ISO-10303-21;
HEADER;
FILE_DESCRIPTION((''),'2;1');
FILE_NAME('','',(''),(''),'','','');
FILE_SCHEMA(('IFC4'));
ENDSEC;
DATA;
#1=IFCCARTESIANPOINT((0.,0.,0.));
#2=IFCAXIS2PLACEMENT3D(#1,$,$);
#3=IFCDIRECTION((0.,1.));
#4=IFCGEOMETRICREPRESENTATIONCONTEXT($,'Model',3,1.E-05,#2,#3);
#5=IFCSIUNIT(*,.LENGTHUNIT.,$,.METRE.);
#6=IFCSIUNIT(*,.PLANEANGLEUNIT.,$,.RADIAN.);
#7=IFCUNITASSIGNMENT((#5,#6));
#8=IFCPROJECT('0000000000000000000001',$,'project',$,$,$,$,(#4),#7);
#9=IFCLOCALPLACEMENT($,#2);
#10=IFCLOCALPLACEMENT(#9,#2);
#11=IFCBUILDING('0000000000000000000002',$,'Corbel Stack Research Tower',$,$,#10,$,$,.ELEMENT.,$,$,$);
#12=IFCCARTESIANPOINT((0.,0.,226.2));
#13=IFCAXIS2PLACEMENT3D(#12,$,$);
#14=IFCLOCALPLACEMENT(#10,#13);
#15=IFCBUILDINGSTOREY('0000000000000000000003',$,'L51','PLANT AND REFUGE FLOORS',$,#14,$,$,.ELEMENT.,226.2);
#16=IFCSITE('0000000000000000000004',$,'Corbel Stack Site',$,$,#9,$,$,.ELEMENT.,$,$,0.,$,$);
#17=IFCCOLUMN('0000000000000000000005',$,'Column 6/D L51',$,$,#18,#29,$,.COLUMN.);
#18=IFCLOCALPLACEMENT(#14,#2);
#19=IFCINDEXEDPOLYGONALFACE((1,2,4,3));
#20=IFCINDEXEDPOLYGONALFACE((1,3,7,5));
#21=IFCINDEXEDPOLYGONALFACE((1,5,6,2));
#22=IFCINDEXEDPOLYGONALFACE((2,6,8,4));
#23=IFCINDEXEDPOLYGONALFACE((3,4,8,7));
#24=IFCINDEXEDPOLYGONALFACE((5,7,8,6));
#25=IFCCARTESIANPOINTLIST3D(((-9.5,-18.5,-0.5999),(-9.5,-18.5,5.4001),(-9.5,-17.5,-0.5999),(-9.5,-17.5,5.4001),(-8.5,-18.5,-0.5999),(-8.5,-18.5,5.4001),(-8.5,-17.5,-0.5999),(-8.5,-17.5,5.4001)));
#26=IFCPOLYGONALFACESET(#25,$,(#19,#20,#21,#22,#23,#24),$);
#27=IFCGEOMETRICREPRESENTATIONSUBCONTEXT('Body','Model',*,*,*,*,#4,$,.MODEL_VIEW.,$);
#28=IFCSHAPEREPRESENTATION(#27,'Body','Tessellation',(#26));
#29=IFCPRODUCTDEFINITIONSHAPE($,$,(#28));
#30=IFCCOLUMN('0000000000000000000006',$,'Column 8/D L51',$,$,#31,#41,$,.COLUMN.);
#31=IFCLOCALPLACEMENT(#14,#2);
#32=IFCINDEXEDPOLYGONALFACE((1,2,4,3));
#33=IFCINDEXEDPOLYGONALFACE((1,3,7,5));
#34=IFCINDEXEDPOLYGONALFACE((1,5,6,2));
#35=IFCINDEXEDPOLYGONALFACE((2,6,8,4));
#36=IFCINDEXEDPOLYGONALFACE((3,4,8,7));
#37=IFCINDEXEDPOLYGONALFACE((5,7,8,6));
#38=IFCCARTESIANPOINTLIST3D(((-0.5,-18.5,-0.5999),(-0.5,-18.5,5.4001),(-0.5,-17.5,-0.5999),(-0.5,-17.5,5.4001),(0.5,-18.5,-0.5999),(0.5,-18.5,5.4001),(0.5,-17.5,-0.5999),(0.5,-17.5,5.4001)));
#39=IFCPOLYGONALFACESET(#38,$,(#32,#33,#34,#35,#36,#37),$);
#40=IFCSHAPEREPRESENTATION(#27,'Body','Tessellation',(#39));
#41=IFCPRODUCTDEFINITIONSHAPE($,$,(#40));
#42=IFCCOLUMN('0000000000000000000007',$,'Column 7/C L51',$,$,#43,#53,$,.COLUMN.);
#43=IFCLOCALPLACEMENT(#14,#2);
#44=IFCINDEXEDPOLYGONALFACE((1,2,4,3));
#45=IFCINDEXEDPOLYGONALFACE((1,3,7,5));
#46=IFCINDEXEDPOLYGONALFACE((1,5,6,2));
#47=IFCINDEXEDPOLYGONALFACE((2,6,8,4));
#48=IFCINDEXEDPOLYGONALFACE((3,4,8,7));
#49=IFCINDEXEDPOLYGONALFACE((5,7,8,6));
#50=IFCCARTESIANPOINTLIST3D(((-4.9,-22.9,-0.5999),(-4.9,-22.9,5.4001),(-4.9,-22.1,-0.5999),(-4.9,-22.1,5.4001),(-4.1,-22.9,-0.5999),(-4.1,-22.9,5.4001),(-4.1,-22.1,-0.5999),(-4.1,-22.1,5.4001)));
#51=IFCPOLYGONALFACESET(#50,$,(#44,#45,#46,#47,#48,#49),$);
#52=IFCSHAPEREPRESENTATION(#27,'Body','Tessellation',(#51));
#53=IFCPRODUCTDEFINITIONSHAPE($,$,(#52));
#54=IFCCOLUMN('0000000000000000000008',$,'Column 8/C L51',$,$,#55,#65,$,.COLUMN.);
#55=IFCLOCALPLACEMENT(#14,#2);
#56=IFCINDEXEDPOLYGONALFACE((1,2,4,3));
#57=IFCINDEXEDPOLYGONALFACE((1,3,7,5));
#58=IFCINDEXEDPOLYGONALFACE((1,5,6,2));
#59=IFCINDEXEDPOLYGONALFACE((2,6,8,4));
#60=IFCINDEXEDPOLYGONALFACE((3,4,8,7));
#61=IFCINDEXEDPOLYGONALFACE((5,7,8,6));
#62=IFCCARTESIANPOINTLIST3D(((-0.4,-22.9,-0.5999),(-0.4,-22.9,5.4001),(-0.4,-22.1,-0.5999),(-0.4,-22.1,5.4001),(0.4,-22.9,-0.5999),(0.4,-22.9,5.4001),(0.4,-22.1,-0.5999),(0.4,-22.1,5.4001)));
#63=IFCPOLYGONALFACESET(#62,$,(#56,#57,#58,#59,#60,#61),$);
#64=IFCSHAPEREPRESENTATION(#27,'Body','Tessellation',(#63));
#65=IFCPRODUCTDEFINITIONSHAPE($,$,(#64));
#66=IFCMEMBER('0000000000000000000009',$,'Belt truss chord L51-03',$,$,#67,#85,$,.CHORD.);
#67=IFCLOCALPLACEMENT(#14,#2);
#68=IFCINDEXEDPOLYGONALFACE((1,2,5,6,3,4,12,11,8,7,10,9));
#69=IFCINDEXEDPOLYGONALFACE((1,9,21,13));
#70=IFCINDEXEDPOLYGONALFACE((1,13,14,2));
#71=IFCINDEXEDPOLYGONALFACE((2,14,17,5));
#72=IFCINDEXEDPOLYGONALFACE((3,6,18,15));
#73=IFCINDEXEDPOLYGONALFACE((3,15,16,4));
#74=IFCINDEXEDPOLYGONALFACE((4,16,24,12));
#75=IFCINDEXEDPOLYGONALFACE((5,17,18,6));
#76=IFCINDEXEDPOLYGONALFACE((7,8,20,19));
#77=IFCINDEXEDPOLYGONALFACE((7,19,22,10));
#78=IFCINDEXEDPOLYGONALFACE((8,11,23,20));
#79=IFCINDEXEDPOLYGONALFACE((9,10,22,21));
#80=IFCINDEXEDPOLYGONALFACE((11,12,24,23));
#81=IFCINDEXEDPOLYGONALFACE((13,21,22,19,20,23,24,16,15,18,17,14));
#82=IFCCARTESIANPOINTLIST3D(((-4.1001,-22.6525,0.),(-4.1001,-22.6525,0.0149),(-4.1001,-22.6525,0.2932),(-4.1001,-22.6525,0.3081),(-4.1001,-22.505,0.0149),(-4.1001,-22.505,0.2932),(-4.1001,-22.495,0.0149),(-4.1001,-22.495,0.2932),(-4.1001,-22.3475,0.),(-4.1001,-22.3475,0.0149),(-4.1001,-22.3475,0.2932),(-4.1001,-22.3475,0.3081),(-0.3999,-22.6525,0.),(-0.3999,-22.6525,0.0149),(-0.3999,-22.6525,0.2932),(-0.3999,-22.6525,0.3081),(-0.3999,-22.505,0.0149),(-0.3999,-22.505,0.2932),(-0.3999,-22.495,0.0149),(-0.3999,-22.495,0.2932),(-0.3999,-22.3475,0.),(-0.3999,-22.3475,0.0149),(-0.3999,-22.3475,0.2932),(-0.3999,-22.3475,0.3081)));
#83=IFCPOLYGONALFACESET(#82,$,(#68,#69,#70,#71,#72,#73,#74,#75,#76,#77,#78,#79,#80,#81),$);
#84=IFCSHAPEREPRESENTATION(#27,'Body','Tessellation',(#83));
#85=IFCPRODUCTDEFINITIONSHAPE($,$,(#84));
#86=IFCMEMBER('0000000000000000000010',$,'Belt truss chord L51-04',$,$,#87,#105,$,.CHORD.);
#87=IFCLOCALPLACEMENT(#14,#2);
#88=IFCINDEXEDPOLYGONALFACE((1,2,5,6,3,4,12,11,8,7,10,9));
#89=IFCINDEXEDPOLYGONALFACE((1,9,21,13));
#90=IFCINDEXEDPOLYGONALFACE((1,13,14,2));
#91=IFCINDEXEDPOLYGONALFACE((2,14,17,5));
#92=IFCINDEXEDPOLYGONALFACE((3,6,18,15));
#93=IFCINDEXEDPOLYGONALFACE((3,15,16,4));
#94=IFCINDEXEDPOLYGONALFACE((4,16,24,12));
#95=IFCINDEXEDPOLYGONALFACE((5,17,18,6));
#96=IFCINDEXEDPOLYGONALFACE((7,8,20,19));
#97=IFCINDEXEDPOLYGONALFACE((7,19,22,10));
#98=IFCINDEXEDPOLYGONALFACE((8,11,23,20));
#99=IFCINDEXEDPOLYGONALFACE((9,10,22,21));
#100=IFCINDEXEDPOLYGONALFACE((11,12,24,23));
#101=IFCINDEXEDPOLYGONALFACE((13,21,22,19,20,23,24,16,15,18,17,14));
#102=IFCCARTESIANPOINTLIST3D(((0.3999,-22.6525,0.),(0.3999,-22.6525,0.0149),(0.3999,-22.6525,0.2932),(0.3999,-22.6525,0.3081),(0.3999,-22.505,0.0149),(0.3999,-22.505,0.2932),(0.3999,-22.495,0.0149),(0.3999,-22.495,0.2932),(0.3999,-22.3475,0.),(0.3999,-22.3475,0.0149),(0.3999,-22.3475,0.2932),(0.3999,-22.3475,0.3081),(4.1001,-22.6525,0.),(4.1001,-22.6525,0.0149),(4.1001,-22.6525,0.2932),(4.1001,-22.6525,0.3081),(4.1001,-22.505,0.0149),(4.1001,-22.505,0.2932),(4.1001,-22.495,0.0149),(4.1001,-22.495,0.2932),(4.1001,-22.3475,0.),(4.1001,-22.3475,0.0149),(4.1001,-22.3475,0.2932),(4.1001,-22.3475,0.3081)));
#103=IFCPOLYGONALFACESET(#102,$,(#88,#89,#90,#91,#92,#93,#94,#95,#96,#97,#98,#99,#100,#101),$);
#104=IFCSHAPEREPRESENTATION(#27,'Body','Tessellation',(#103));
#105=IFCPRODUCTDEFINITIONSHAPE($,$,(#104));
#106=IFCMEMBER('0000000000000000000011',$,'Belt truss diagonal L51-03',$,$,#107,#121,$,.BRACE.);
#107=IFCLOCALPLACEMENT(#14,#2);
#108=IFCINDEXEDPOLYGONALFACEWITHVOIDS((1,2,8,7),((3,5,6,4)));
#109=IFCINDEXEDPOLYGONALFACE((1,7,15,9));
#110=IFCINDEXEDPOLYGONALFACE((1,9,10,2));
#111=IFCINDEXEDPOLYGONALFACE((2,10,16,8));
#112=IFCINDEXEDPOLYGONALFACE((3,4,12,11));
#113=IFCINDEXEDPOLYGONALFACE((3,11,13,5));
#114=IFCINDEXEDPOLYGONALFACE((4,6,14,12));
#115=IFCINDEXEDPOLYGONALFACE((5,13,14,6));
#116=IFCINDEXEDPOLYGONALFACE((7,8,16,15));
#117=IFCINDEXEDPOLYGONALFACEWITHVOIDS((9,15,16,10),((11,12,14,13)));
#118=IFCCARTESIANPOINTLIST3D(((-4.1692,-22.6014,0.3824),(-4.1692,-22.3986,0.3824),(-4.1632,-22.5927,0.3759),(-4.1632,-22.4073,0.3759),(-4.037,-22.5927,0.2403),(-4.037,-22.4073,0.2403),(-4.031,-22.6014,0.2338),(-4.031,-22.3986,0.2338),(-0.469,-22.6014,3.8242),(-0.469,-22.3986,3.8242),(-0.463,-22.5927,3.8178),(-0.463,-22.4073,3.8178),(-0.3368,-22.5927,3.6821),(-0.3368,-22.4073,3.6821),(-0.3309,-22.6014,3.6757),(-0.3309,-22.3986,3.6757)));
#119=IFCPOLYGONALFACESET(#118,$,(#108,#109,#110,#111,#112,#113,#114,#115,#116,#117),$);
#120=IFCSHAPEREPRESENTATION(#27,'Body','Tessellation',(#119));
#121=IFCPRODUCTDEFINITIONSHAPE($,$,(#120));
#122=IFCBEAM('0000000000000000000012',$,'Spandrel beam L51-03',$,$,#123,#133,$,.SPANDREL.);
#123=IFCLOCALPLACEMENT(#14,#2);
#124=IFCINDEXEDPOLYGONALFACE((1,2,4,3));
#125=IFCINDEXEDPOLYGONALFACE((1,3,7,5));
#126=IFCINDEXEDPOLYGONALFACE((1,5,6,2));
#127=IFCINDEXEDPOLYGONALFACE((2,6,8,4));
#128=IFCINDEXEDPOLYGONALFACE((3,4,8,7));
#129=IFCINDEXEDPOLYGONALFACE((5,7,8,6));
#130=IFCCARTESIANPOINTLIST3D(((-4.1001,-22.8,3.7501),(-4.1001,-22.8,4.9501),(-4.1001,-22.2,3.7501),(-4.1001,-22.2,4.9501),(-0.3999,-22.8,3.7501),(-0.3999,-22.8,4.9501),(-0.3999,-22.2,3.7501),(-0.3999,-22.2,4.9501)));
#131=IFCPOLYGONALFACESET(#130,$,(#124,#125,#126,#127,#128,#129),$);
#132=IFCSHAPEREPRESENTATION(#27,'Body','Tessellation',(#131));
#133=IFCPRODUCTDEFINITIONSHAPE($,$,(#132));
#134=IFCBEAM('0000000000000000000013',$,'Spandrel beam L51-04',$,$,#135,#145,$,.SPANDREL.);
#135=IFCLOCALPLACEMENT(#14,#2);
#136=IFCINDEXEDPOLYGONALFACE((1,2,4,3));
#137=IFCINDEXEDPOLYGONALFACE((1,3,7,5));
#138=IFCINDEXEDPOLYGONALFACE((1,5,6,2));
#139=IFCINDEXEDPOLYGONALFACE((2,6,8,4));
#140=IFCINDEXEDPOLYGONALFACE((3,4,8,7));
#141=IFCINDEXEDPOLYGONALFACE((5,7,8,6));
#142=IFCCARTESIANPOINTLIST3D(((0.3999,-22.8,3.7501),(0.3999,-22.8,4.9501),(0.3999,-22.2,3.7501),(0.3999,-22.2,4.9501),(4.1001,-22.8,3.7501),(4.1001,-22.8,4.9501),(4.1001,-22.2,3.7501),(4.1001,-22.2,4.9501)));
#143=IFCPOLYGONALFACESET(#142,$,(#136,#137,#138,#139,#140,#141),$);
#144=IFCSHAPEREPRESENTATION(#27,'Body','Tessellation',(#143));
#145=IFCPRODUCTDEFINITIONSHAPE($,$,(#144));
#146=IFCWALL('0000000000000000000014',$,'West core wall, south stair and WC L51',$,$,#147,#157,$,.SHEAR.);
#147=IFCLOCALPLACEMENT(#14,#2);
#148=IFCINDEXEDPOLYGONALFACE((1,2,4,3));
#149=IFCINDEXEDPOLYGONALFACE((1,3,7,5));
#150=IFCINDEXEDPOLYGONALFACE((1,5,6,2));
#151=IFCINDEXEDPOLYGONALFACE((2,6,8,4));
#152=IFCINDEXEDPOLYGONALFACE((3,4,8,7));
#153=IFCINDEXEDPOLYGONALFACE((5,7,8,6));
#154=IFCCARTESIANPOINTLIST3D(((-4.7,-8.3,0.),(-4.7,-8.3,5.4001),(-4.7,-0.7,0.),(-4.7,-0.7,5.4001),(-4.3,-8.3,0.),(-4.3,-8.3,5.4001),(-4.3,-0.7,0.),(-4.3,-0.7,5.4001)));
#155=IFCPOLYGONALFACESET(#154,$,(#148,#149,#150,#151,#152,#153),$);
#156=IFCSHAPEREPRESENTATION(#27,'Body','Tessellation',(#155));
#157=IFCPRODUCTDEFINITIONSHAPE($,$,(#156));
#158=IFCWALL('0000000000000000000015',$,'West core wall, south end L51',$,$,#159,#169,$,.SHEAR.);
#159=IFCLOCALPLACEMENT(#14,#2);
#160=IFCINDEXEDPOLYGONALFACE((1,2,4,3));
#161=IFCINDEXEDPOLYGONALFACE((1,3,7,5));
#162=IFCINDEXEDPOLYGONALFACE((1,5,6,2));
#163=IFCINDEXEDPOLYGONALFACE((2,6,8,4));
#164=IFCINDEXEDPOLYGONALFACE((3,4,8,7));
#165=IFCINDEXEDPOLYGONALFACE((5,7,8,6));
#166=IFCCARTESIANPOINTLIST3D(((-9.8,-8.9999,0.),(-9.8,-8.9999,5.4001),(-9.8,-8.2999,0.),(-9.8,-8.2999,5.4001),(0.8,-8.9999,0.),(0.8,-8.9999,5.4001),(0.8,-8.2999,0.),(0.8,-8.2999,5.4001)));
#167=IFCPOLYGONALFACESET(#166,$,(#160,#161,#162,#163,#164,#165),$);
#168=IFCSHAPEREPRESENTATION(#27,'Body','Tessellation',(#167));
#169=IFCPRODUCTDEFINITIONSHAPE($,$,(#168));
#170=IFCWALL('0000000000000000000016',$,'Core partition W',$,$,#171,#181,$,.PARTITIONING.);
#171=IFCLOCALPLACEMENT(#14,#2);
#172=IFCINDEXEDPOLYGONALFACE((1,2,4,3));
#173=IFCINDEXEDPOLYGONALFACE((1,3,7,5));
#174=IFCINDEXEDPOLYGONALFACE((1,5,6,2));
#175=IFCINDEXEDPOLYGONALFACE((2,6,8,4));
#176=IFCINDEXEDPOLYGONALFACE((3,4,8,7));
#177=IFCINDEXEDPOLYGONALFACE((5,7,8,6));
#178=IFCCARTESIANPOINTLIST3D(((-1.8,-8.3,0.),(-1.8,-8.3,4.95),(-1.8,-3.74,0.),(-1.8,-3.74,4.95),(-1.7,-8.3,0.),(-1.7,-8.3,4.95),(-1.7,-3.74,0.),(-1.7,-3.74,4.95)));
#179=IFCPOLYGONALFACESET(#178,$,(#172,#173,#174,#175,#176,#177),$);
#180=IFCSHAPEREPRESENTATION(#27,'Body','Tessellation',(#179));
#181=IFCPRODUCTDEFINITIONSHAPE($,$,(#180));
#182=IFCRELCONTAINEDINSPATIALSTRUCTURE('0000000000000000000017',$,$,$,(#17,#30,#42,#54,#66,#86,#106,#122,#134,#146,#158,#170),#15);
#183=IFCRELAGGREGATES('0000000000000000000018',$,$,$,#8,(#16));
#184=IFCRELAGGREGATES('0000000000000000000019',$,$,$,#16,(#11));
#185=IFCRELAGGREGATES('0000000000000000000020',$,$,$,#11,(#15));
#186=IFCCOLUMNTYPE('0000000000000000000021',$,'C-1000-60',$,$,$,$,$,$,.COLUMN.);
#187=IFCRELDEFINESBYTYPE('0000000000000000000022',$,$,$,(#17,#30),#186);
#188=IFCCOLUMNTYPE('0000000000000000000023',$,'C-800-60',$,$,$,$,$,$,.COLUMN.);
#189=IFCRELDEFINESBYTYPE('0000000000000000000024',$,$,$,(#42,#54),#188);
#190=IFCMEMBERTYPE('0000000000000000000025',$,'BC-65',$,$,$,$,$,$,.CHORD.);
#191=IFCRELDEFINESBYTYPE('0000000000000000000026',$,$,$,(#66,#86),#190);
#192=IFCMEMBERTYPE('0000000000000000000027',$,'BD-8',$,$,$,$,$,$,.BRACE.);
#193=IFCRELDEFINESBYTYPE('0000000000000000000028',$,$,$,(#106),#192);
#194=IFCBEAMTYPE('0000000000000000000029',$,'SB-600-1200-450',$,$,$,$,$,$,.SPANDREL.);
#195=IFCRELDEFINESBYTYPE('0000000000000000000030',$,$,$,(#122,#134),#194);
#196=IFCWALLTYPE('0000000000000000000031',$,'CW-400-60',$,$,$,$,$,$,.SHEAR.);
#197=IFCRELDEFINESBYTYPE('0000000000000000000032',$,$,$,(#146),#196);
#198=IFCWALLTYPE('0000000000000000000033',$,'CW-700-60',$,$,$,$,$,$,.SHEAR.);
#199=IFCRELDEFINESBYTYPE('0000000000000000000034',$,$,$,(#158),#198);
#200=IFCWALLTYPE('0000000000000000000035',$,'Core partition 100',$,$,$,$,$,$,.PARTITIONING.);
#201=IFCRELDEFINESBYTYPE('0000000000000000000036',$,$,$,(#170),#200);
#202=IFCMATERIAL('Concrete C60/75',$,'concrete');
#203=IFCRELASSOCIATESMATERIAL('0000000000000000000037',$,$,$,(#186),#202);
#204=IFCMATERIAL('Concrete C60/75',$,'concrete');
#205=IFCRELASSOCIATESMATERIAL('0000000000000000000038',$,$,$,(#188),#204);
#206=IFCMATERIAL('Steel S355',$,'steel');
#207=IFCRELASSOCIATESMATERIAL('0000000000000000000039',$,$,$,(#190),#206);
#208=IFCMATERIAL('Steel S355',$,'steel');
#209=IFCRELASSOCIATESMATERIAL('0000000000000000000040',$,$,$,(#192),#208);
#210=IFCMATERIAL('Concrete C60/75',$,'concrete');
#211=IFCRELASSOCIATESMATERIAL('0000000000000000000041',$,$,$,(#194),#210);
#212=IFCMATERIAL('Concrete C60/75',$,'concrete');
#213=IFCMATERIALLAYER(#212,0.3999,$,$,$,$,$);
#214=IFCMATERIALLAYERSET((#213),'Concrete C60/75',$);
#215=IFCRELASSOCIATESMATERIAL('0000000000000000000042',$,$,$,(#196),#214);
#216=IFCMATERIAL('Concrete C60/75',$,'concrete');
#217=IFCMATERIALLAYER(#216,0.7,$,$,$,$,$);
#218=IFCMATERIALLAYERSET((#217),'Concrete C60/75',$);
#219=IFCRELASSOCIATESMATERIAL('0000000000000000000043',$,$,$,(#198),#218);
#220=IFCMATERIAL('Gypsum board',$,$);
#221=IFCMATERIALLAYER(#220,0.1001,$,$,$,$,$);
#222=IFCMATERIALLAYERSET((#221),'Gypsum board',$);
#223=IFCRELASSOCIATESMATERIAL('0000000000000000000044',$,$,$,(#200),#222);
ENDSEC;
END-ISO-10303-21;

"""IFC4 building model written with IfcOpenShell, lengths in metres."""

from ifc_helpers import new_model, si_unit, direction, frame, frame_2d, origin, origin_2d, place, context, subcontext, project, spatial, rectangle, hollow_rectangle, i_section, extrude, material, layer, layer_set, material_profile, profile_set, type_object, element, save


model = new_model("IFC4")

# Units and contexts
model_context = context("Model", 3, precision=1e-05, world=origin(), true_north=direction((0.0, 1.0)))
body_context = subcontext(model_context, "Body", "Model", "MODEL_VIEW")
ifc_project = project(units=[si_unit("LENGTHUNIT", "METRE"), si_unit("PLANEANGLEUNIT", "RADIAN")], contexts=[model_context])

# Site, building, storey
site_placement = place(None, origin())
site = spatial("IfcSite", under=ifc_project, at=site_placement, Name="Corbel Stack Site", CompositionType="ELEMENT", RefElevation=0.0)
building_placement = place(site_placement, origin())
building = spatial("IfcBuilding", under=site, at=building_placement, Name="Corbel Stack Research Tower", CompositionType="ELEMENT")
storey_placement = place(building_placement, frame((0.0, 0.0, 226.2)))
storey = spatial("IfcBuildingStorey", under=building, at=storey_placement, Name="L51", Description="PLANT AND REFUGE FLOORS", CompositionType="ELEMENT", Elevation=226.2)

# Columns
ifc_material_1 = material(Name="Concrete C60/75", Category="concrete")
ifc_material_profile_1 = material_profile(ifc_material_1, rectangle(XDim=1.0, YDim=1.0, at=origin_2d()), Name="RC 1000 x 1000")
ifc_profile_set_1 = profile_set([ifc_material_profile_1], Name="Concrete C60/75")
column_type_1 = type_object("IfcColumnType", Name="C-1000-60", PredefinedType="COLUMN", material=ifc_profile_set_1)
for number, where, z_axis, x_axis, name in (
    (1, (-9.0, -18.0, -0.5999), (0.0, 0.0, 1.0), (1.0, 0.0, 0.0), "Column 6/D L51"),
    (2, (0.0, -18.0, -0.5999), (0.0, 0.0, 1.0), (1.0, 0.0, 0.0), "Column 8/D L51"),
):
    element("IfcColumn", number, at=place(storey_placement, frame(where, z_axis=z_axis, x_axis=x_axis)), inside=storey, type_object=column_type_1, Name=name, PredefinedType="COLUMN", context=body_context, shape_type="SweptSolid", body=[
        extrude(rectangle(XDim=1.0, YDim=1.0, at=origin_2d()), origin(), (0.0, 0.0, 1.0), 6.0),
    ])
ifc_material_2 = material(Name="Concrete C60/75", Category="concrete")
ifc_material_profile_2 = material_profile(ifc_material_2, rectangle(XDim=0.8, YDim=0.8, at=origin_2d()), Name="RC 800 x 800")
ifc_profile_set_2 = profile_set([ifc_material_profile_2], Name="Concrete C60/75")
column_type_2 = type_object("IfcColumnType", Name="C-800-60", PredefinedType="COLUMN", material=ifc_profile_set_2)
for number, where, z_axis, x_axis, name in (
    (3, (-4.5, -22.5, -0.5999), (0.0, 0.0, 1.0), (1.0, 0.0, 0.0), "Column 7/C L51"),
    (4, (0.0, -22.5, -0.5999), (0.0, 0.0, 1.0), (1.0, 0.0, 0.0), "Column 8/C L51"),
):
    element("IfcColumn", number, at=place(storey_placement, frame(where, z_axis=z_axis, x_axis=x_axis)), inside=storey, type_object=column_type_2, Name=name, PredefinedType="COLUMN", context=body_context, shape_type="SweptSolid", body=[
        extrude(rectangle(XDim=0.8, YDim=0.8, at=origin_2d()), origin(), (0.0, 0.0, 1.0), 6.0),
    ])

# Members
ifc_material_3 = material(Name="Steel S355", Category="steel")
ifc_material_profile_3 = material_profile(ifc_material_3, i_section(OverallWidth=0.3049, OverallDepth=0.3081, WebThickness=0.01, FlangeThickness=0.0149, at=origin_2d()), Name="W12x65")
ifc_profile_set_3 = profile_set([ifc_material_profile_3], Name="Steel S355")
member_type_1 = type_object("IfcMemberType", Name="BC-65", PredefinedType="CHORD", material=ifc_profile_set_3)
for number, where, z_axis, x_axis, name in (
    (5, (-4.1001, -22.5, 0.1541), (1.0, 0.0, 0.0), (0.0, 1.0, 0.0), "Belt truss chord L51-03"),
    (6, (0.3999, -22.5, 0.1541), (1.0, 0.0, 0.0), (0.0, 1.0, 0.0), "Belt truss chord L51-04"),
):
    element("IfcMember", number, at=place(storey_placement, frame(where, z_axis=z_axis, x_axis=x_axis)), inside=storey, type_object=member_type_1, Name=name, PredefinedType="CHORD", context=body_context, shape_type="SweptSolid", body=[
        extrude(i_section(OverallWidth=0.3049, OverallDepth=0.3081, WebThickness=0.01, FlangeThickness=0.0149, at=origin_2d()), origin(), (0.0, 0.0, 1.0), 3.7002),
    ])
ifc_material_4 = material(Name="Steel S355", Category="steel")
ifc_material_profile_4 = material_profile(ifc_material_4, hollow_rectangle(XDim=0.2029, YDim=0.2029, WallThickness=0.0088, at=origin_2d()), Name="HSS8x8x3/8")
ifc_profile_set_4 = profile_set([ifc_material_profile_4], Name="Steel S355")
member_type_2 = type_object("IfcMemberType", Name="BD-8", PredefinedType="BRACE", material=ifc_profile_set_4)
member_placement = place(storey_placement, frame((-4.1001, -22.5, 0.3081), z_axis=(0.732201, 0.0, 0.681088), x_axis=(0.0, 1.0, 0.0)))
element("IfcMember", 7, at=member_placement, inside=storey, type_object=member_type_2, Name="Belt truss diagonal L51-03", PredefinedType="BRACE", context=body_context, shape_type="SweptSolid", body=[
    extrude(hollow_rectangle(XDim=0.2029, YDim=0.2029, WallThickness=0.0088, at=origin_2d()), origin(), (0.0, 0.0, 1.0), 5.0535),
])

# Beams
ifc_material_5 = material(Name="Concrete C60/75", Category="concrete")
ifc_material_profile_5 = material_profile(ifc_material_5, rectangle(XDim=0.6001, YDim=1.2, at=origin_2d()), Name="RC 600 x 1200")
ifc_profile_set_5 = profile_set([ifc_material_profile_5], Name="Concrete C60/75")
beam_type = type_object("IfcBeamType", Name="SB-600-1200-450", PredefinedType="SPANDREL", material=ifc_profile_set_5)
for number, where, z_axis, x_axis, name in (
    (8, (-4.1001, -22.5, 4.3501), (1.0, 0.0, 0.0), (0.0, 1.0, 0.0), "Spandrel beam L51-03"),
    (9, (0.3999, -22.5, 4.3501), (1.0, 0.0, 0.0), (0.0, 1.0, 0.0), "Spandrel beam L51-04"),
):
    element("IfcBeam", number, at=place(storey_placement, frame(where, z_axis=z_axis, x_axis=x_axis)), inside=storey, type_object=beam_type, Name=name, PredefinedType="SPANDREL", context=body_context, shape_type="SweptSolid", body=[
        extrude(rectangle(XDim=0.6001, YDim=1.2, at=origin_2d()), origin(), (0.0, 0.0, 1.0), 3.7002),
    ])

# Wall
ifc_material_6 = material(Name="Concrete C60/75", Category="concrete")
ifc_layer_1 = layer(ifc_material_6, 0.3999)
ifc_layer_set_1 = layer_set([ifc_layer_1], Name="Concrete C60/75")
wall_type_1 = type_object("IfcWallType", Name="CW-400-60", PredefinedType="SHEAR", material=ifc_layer_set_1)
wall_1_placement = place(storey_placement, frame((-4.5, -8.3, 0.0), z_axis=(0.0, 0.0, 1.0), x_axis=(0.0, 1.0, 0.0)))
element("IfcWall", 10, at=wall_1_placement, inside=storey, type_object=wall_type_1, Name="West core wall, south stair and WC L51", PredefinedType="SHEAR", context=body_context, shape_type="SweptSolid", body=[
    extrude(rectangle(XDim=7.6001, YDim=0.3999, at=frame_2d((3.8, 0.0))), origin(), (0.0, 0.0, 1.0), 5.4001),
])

# Shared definitions
ifc_material_7 = material(Name="Concrete C60/75", Category="concrete")
ifc_layer_2 = layer(ifc_material_7, 0.7)
ifc_layer_set_2 = layer_set([ifc_layer_2], Name="Concrete C60/75")
wall_type_2 = type_object("IfcWallType", Name="CW-700-60", PredefinedType="SHEAR", material=ifc_layer_set_2)

# Walls
wall_2_placement = place(storey_placement, frame((-9.8, -8.6499, 0.0), z_axis=(0.0, 0.0, 1.0), x_axis=(1.0, 0.0, 0.0)))
element("IfcWall", 11, at=wall_2_placement, inside=storey, type_object=wall_type_2, Name="West core wall, south end L51", PredefinedType="SHEAR", context=body_context, shape_type="SweptSolid", body=[
    extrude(rectangle(XDim=10.6001, YDim=0.7, at=frame_2d((5.3, 0.0))), origin(), (0.0, 0.0, 1.0), 5.4001),
])
ifc_material_8 = material(Name="Gypsum board")
ifc_layer_3 = layer(ifc_material_8, 0.1001)
ifc_layer_set_3 = layer_set([ifc_layer_3], Name="Gypsum board")
wall_type_3 = type_object("IfcWallType", Name="Core partition 100", PredefinedType="PARTITIONING", material=ifc_layer_set_3)
wall_3_placement = place(storey_placement, frame((-1.75, -8.3, 0.0), z_axis=(0.0, 0.0, 1.0), x_axis=(0.0, 1.0, 0.0)))
element("IfcWall", 12, at=wall_3_placement, inside=storey, type_object=wall_type_3, Name="Core partition W", PredefinedType="PARTITIONING", context=body_context, shape_type="SweptSolid", body=[
    extrude(rectangle(XDim=4.5601, YDim=0.1001, at=frame_2d((2.28, 0.0))), origin(), (0.0, 0.0, 1.0), 4.95),
])

save(model, "model.ifc")
